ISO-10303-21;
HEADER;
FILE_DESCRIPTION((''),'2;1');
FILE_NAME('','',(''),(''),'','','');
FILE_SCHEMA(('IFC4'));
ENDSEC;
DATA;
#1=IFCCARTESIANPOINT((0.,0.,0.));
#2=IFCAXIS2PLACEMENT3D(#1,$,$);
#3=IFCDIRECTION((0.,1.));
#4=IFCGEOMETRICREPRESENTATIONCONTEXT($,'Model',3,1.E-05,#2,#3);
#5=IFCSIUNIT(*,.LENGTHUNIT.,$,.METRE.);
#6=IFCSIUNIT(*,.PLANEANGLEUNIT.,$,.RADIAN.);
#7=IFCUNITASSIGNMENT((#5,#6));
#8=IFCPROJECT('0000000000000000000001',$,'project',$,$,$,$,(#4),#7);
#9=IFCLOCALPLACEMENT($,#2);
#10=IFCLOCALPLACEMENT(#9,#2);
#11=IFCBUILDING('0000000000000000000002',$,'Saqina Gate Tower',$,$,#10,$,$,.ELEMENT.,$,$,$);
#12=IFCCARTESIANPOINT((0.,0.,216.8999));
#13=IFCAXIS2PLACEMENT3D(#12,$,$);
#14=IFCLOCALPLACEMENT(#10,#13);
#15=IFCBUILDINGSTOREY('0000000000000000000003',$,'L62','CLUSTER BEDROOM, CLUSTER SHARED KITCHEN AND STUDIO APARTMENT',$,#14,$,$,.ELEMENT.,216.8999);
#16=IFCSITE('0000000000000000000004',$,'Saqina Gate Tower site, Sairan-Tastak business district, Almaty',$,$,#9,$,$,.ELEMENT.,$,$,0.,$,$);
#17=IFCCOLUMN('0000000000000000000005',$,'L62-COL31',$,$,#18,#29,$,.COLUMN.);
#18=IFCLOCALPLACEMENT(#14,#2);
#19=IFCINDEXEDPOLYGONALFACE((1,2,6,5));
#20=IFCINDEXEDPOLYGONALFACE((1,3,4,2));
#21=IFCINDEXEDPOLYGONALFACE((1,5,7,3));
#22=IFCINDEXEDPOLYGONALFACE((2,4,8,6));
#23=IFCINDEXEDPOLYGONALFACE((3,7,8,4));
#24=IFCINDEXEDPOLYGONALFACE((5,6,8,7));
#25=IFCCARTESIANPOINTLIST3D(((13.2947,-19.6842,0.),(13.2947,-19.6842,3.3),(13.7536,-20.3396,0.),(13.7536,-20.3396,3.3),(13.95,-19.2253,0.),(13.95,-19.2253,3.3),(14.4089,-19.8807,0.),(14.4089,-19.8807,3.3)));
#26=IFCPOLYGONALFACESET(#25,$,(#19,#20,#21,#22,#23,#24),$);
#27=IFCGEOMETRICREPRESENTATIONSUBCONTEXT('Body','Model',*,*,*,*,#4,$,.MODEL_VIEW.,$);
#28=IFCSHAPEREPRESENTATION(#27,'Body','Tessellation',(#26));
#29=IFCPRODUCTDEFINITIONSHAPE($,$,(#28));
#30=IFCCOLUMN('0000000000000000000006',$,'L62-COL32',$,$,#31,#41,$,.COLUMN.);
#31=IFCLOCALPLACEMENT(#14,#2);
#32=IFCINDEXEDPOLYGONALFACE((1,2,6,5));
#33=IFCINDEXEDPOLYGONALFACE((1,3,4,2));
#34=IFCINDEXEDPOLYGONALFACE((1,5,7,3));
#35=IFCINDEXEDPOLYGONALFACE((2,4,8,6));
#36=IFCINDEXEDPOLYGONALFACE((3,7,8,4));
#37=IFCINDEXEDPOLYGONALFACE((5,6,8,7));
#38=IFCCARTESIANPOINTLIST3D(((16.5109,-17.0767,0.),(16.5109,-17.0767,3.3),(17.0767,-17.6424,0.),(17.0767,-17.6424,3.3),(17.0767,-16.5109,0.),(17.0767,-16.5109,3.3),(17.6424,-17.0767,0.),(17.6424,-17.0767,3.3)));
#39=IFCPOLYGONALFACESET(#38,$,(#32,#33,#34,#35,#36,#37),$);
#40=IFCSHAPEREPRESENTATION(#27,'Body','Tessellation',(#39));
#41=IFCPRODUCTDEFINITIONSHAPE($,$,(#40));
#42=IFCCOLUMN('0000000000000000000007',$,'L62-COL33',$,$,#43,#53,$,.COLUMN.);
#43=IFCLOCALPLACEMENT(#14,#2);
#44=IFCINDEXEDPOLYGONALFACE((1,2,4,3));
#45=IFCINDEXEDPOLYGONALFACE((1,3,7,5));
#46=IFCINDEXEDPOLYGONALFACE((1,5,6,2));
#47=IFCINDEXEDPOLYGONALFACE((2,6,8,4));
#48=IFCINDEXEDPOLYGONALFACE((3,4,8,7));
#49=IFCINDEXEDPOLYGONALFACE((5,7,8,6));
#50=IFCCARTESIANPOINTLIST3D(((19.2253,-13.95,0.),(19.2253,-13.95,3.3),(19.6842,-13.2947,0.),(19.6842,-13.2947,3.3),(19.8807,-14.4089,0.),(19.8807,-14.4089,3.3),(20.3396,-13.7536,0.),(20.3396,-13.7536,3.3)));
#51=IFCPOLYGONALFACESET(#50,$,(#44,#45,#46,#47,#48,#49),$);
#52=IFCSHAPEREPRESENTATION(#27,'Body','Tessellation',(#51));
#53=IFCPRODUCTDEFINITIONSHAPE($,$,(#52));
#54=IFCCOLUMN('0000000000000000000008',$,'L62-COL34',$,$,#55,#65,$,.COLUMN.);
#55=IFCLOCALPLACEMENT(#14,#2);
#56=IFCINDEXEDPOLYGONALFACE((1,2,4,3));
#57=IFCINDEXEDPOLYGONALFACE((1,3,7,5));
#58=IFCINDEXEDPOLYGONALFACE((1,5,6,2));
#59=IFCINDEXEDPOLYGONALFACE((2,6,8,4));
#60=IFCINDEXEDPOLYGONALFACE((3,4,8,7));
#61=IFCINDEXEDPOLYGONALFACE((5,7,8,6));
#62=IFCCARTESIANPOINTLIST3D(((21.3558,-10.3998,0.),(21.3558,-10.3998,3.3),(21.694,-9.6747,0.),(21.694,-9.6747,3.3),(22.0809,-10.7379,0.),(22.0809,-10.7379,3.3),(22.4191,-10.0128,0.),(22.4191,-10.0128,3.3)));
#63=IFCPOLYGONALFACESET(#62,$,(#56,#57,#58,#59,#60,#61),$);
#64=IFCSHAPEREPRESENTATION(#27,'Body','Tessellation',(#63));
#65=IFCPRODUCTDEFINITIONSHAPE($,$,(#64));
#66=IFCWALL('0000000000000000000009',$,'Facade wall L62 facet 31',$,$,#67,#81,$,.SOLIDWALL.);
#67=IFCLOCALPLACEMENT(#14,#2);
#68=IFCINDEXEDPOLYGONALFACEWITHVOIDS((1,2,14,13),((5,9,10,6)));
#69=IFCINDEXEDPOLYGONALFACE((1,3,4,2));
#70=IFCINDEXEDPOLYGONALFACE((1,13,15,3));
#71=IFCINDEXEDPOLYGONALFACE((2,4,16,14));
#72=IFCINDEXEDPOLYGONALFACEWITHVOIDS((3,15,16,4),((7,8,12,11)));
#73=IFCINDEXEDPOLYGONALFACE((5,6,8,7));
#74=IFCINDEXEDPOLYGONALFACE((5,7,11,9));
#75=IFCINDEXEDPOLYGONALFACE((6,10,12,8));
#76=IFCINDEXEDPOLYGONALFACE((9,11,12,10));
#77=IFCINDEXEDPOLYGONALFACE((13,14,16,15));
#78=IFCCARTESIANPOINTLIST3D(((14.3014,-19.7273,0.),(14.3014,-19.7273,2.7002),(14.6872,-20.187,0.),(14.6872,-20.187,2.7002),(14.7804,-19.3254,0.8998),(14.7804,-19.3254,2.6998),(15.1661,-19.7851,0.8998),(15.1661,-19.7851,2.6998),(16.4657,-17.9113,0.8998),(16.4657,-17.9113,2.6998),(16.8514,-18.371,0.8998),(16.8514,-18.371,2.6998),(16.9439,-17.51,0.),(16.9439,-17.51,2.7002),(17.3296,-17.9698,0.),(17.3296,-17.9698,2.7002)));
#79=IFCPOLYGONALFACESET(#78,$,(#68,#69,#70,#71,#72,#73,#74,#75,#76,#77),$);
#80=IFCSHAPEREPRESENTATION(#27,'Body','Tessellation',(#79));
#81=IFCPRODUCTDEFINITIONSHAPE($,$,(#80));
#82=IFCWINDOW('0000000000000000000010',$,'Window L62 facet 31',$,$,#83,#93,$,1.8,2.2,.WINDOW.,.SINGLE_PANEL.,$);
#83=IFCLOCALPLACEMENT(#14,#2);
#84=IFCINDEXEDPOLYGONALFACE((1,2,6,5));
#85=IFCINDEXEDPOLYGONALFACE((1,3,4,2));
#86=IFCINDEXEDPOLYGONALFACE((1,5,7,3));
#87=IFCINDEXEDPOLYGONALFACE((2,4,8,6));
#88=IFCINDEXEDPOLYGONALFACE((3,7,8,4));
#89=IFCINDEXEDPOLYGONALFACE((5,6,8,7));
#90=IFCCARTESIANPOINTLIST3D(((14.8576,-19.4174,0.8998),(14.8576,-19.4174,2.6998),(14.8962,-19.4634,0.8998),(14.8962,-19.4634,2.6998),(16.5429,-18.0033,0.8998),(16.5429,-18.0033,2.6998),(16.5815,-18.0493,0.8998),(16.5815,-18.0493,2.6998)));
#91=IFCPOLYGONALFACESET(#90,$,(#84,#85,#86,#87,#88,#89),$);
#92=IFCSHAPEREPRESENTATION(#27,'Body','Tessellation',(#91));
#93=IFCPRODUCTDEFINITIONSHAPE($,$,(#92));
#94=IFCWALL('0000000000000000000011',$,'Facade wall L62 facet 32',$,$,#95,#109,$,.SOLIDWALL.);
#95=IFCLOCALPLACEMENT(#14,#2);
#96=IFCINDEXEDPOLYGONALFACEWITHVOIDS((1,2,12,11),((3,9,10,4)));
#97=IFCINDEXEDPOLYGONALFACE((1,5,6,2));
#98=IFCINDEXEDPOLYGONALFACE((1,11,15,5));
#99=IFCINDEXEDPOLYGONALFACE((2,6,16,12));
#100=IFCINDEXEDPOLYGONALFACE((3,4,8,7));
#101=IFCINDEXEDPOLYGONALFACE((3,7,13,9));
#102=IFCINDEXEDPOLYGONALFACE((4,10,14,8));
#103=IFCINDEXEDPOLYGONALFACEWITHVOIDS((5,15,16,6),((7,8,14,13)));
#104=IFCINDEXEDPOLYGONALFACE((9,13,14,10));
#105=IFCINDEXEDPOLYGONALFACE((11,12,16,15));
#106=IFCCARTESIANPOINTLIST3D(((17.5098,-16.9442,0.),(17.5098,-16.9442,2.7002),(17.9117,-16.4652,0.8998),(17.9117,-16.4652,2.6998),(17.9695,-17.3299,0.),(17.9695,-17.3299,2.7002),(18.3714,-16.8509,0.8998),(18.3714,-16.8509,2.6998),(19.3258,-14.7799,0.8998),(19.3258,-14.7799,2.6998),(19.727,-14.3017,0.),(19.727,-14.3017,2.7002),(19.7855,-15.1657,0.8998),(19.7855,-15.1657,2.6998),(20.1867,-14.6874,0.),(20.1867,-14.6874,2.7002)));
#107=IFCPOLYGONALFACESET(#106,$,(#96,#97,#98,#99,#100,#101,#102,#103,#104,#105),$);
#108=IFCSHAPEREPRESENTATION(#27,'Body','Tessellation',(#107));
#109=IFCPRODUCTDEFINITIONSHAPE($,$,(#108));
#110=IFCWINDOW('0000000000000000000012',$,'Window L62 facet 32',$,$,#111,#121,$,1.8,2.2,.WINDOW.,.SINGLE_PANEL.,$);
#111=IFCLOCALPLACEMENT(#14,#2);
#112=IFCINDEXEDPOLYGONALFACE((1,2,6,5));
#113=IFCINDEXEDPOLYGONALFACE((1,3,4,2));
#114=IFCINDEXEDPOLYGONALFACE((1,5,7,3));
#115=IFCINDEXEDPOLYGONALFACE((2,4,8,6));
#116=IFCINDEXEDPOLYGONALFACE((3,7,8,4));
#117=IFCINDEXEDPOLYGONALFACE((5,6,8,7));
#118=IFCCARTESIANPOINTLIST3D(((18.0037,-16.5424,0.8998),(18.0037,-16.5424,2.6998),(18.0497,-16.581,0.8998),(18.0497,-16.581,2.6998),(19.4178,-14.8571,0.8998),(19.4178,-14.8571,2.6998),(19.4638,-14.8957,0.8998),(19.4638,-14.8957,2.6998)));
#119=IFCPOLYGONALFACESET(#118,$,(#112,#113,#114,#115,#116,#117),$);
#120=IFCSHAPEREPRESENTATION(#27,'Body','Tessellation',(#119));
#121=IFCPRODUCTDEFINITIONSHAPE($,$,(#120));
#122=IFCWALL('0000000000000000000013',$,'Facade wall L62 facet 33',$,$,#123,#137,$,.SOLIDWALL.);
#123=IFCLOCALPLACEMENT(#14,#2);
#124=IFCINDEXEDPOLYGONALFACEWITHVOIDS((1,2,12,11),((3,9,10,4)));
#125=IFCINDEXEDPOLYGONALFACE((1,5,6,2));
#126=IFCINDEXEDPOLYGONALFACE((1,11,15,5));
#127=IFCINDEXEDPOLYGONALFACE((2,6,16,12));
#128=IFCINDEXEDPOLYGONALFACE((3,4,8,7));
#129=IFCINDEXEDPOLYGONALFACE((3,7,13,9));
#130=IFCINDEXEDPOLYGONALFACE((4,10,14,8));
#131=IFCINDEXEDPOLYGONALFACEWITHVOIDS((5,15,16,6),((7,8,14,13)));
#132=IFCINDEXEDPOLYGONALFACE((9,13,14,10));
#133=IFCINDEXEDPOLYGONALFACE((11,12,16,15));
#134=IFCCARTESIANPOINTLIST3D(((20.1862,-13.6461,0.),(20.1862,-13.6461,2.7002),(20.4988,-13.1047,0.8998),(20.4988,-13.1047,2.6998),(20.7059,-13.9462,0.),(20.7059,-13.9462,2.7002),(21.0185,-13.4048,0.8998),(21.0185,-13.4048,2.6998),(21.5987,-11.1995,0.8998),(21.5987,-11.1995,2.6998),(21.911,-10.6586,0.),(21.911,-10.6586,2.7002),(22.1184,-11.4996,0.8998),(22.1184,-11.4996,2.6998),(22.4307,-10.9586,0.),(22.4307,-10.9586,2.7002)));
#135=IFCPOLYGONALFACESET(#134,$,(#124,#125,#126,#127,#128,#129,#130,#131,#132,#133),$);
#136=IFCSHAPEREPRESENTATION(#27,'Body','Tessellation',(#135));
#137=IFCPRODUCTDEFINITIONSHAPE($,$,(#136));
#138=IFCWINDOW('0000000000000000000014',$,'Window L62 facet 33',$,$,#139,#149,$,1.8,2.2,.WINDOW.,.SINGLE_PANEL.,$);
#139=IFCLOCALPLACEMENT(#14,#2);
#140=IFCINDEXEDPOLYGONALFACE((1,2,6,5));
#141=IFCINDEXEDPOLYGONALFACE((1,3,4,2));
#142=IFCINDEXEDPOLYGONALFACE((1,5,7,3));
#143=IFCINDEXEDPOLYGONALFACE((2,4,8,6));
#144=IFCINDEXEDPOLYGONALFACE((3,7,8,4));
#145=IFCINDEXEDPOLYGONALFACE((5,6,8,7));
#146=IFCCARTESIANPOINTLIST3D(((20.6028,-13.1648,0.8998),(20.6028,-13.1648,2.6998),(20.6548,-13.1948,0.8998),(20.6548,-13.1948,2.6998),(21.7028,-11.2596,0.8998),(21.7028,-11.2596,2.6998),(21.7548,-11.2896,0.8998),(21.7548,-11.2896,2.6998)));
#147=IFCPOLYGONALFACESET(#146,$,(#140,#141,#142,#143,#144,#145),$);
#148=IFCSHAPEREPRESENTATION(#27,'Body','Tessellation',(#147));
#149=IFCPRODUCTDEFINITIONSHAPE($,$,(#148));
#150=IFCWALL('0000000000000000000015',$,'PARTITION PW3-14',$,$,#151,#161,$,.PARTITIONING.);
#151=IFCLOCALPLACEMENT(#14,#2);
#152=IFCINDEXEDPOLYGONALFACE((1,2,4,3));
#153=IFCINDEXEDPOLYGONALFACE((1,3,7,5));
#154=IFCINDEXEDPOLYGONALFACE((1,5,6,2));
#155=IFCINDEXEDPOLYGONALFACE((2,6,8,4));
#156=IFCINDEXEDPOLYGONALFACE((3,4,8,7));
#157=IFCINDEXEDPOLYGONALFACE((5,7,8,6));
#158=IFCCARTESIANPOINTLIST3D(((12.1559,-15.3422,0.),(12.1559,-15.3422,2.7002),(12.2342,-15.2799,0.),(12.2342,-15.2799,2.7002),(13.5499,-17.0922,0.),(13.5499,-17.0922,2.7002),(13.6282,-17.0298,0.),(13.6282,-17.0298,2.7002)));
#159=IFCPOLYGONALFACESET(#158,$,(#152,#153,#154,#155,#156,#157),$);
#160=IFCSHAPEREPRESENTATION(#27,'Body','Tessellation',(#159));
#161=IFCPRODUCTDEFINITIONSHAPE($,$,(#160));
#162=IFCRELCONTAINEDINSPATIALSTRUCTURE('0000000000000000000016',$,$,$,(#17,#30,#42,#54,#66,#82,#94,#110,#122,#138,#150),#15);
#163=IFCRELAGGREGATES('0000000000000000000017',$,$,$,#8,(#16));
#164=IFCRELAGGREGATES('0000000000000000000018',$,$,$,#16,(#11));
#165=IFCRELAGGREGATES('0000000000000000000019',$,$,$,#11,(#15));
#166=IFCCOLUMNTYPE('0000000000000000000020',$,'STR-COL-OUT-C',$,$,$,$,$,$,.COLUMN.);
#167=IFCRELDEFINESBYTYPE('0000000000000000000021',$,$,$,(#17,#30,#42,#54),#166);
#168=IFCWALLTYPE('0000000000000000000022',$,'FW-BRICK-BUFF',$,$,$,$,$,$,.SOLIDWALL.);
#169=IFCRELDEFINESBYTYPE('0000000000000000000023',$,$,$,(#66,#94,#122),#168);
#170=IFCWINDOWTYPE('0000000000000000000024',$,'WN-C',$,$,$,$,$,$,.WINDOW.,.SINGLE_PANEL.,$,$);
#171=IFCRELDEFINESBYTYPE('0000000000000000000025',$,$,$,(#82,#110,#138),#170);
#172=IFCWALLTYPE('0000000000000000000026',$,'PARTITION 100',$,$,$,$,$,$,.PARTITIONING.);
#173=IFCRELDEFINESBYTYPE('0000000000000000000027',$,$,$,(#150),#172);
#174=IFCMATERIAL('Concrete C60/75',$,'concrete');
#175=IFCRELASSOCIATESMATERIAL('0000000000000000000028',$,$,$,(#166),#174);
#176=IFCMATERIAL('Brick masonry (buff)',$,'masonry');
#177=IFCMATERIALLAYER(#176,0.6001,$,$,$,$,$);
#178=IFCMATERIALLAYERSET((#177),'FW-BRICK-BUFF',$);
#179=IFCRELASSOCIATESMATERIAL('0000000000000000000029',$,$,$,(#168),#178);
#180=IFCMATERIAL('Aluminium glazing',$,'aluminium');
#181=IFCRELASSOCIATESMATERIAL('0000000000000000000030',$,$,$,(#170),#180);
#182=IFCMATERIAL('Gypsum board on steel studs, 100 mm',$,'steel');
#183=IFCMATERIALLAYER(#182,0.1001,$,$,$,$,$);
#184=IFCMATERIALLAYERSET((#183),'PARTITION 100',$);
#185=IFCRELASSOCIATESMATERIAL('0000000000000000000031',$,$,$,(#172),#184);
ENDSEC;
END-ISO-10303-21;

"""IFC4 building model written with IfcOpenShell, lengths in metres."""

from ifc_helpers import new_model, si_unit, direction, frame, frame_2d, origin, origin_2d, place, context, subcontext, project, spatial, rectangle, extrude, material, layer, layer_set, material_profile, profile_set, type_object, element, fill, save


model = new_model("IFC4")

# Units and contexts
model_context = context("Model", 3, precision=1e-05, world=origin(), true_north=direction((0.0, 1.0)))
body_context = subcontext(model_context, "Body", "Model", "MODEL_VIEW")
ifc_project = project(units=[si_unit("LENGTHUNIT", "METRE"), si_unit("PLANEANGLEUNIT", "RADIAN")], contexts=[model_context])

# Site, building, storey
site_placement = place(None, origin())
site = spatial("IfcSite", under=ifc_project, at=site_placement, Name="Saqina Gate Tower site, Sairan-Tastak business district, Almaty", CompositionType="ELEMENT", RefElevation=0.0)
building_placement = place(site_placement, origin())
building = spatial("IfcBuilding", under=site, at=building_placement, Name="Saqina Gate Tower", CompositionType="ELEMENT")
storey_placement = place(building_placement, frame((0.0, 0.0, 216.8999)))
storey = spatial("IfcBuildingStorey", under=building, at=storey_placement, Name="L62", Description="CLUSTER BEDROOM, CLUSTER SHARED KITCHEN AND STUDIO APARTMENT", CompositionType="ELEMENT", Elevation=216.8999)

# Columns
ifc_material_1 = material(Name="Concrete C60/75", Category="concrete")
ifc_material_profile = material_profile(ifc_material_1, rectangle(XDim=0.8, YDim=0.8, at=origin_2d()), Name="RC 800x800")
ifc_profile_set = profile_set([ifc_material_profile], Name="Concrete C60/75")
column_type = type_object("IfcColumnType", Name="STR-COL-OUT-C", PredefinedType="COLUMN", material=ifc_profile_set)
for number, where, z_axis, x_axis, name in (
    (1, (13.8518, -19.7825, 0.0), (0.0, 0.0, 1.0), (0.573576, -0.819152, 0.0), "L62-COL31"),
    (2, (17.0767, -17.0767, 0.0), (0.0, 0.0, 1.0), (0.707107, -0.707107, 0.0), "L62-COL32"),
    (3, (19.7825, -13.8518, 0.0), (0.0, 0.0, 1.0), (0.819152, -0.573576, 0.0), "L62-COL33"),
    (4, (21.8875, -10.2063, 0.0), (0.0, 0.0, 1.0), (0.906308, -0.422618, 0.0), "L62-COL34"),
):
    element("IfcColumn", number, at=place(storey_placement, frame(where, z_axis=z_axis, x_axis=x_axis)), inside=storey, type_object=column_type, Name=name, PredefinedType="COLUMN", context=body_context, shape_type="SweptSolid", body=[
        extrude(rectangle(XDim=0.8, YDim=0.8, at=origin_2d()), origin(), (0.0, 0.0, 1.0), 3.3),
    ])

# Walls, openings, windows
ifc_material_2 = material(Name="Brick masonry (buff)", Category="masonry")
ifc_layer_1 = layer(ifc_material_2, 0.6001)
ifc_layer_set_1 = layer_set([ifc_layer_1], Name="FW-BRICK-BUFF")
wall_type_1 = type_object("IfcWallType", Name="FW-BRICK-BUFF", PredefinedType="SOLIDWALL", material=ifc_layer_set_1)
wall_1_placement = place(storey_placement, frame((14.4944, -19.957, 0.0), z_axis=(0.0, 0.0, 1.0), x_axis=(0.766059, 0.64277, 0.0)))
wall_1 = element("IfcWall", 5, at=wall_1_placement, inside=storey, type_object=wall_type_1, Name="Facade wall L62 facet 31", PredefinedType="SOLIDWALL", context=body_context, shape_type="SweptSolid", body=[
    extrude(rectangle(XDim=3.4495, YDim=0.6001, at=frame_2d((1.7246, 0.0))), origin(), (0.0, 0.0, 1.0), 2.7002),
])
opening_1_placement = place(wall_1_placement, frame((0.625, 0.0, 0.8999)))
opening_1 = element("IfcOpeningElement", 6, at=opening_1_placement, cuts=wall_1, PredefinedType="OPENING", context=body_context, shape_type="SweptSolid", body=[
    extrude(rectangle(XDim=2.2, YDim=1.8, at=frame_2d((1.1001, 0.8999))), frame((0.0, 0.312, 0.0), z_axis=(0.0, -1.0, 0.0), x_axis=(1.0, 0.0, 0.0)), (0.0, 0.0, 1.0), 0.624),
])
ifc_material_3 = material(Name="Aluminium glazing", Category="aluminium")
window_type = type_object("IfcWindowType", Name="WN-C", PartitioningType="SINGLE_PANEL", PredefinedType="WINDOW", material=ifc_material_3)
window_1_placement = place(opening_1_placement, origin())
window_1 = element("IfcWindow", 7, at=window_1_placement, inside=storey, type_object=window_type, Name="Window L62 facet 31", OverallHeight=1.8, OverallWidth=2.2, PartitioningType="SINGLE_PANEL", PredefinedType="WINDOW", context=body_context, shape_type="SweptSolid", body=[
    extrude(rectangle(XDim=2.2, YDim=1.8, at=frame_2d((1.1001, 0.8999))), frame((0.0, 0.1799, 0.0), z_axis=(0.0, -1.0, 0.0), x_axis=(1.0, 0.0, 0.0)), (0.0, 0.0, 1.0), 0.0601),
])
fill(opening_1, window_1)
wall_2_placement = place(storey_placement, frame((17.7397, -17.137, 0.0), z_axis=(0.0, 0.0, 1.0), x_axis=(0.64277, 0.766059, 0.0)))
wall_2 = element("IfcWall", 8, at=wall_2_placement, inside=storey, type_object=wall_type_1, Name="Facade wall L62 facet 32", PredefinedType="SOLIDWALL", context=body_context, shape_type="SweptSolid", body=[
    extrude(rectangle(XDim=3.4495, YDim=0.6001, at=frame_2d((1.7246, 0.0))), origin(), (0.0, 0.0, 1.0), 2.7002),
])
opening_2_placement = place(wall_2_placement, frame((0.625, 0.0, 0.8999)))
opening_2 = element("IfcOpeningElement", 9, at=opening_2_placement, cuts=wall_2, PredefinedType="OPENING", context=body_context, shape_type="SweptSolid", body=[
    extrude(rectangle(XDim=2.2, YDim=1.8, at=frame_2d((1.1001, 0.8999))), frame((0.0, 0.312, 0.0), z_axis=(0.0, -1.0, 0.0), x_axis=(1.0, 0.0, 0.0)), (0.0, 0.0, 1.0), 0.624),
])
window_2_placement = place(opening_2_placement, origin())
window_2 = element("IfcWindow", 10, at=window_2_placement, inside=storey, type_object=window_type, Name="Window L62 facet 32", OverallHeight=1.8, OverallWidth=2.2, PartitioningType="SINGLE_PANEL", PredefinedType="WINDOW", context=body_context, shape_type="SweptSolid", body=[
    extrude(rectangle(XDim=2.2, YDim=1.8, at=frame_2d((1.1001, 0.8999))), frame((0.0, 0.1799, 0.0), z_axis=(0.0, -1.0, 0.0), x_axis=(1.0, 0.0, 0.0)), (0.0, 0.0, 1.0), 0.0601),
])
fill(opening_2, window_2)
wall_3_placement = place(storey_placement, frame((20.446, -13.7961, 0.0), z_axis=(0.0, 0.0, 1.0), x_axis=(0.499998, 0.866026, 0.0)))
wall_3 = element("IfcWall", 11, at=wall_3_placement, inside=storey, type_object=wall_type_1, Name="Facade wall L62 facet 33", PredefinedType="SOLIDWALL", context=body_context, shape_type="SweptSolid", body=[
    extrude(rectangle(XDim=3.4497, YDim=0.6001, at=frame_2d((1.7249, 0.0))), origin(), (0.0, 0.0, 1.0), 2.7002),
])
opening_3_placement = place(wall_3_placement, frame((0.625, 0.0, 0.8999)))
opening_3 = element("IfcOpeningElement", 12, at=opening_3_placement, cuts=wall_3, PredefinedType="OPENING", context=body_context, shape_type="SweptSolid", body=[
    extrude(rectangle(XDim=2.2, YDim=1.8, at=frame_2d((1.1001, 0.8999))), frame((0.0, 0.312, 0.0), z_axis=(0.0, -1.0, 0.0), x_axis=(1.0, 0.0, 0.0)), (0.0, 0.0, 1.0), 0.624),
])
window_3_placement = place(opening_3_placement, origin())
window_3 = element("IfcWindow", 13, at=window_3_placement, inside=storey, type_object=window_type, Name="Window L62 facet 33", OverallHeight=1.8, OverallWidth=2.2, PartitioningType="SINGLE_PANEL", PredefinedType="WINDOW", context=body_context, shape_type="SweptSolid", body=[
    extrude(rectangle(XDim=2.2, YDim=1.8, at=frame_2d((1.1001, 0.8999))), frame((0.0, 0.1799, 0.0), z_axis=(0.0, -1.0, 0.0), x_axis=(1.0, 0.0, 0.0)), (0.0, 0.0, 1.0), 0.0601),
])
fill(opening_3, window_3)

# Wall
ifc_material_4 = material(Name="Gypsum board on steel studs, 100 mm", Category="steel")
ifc_layer_2 = layer(ifc_material_4, 0.1001)
ifc_layer_set_2 = layer_set([ifc_layer_2], Name="PARTITION 100")
wall_type_2 = type_object("IfcWallType", Name="PARTITION 100", PredefinedType="PARTITIONING", material=ifc_layer_set_2)
wall_4_placement = place(storey_placement, frame((12.1951, -15.311, 0.0), z_axis=(0.0, 0.0, 1.0), x_axis=(0.62307, -0.782166, 0.0)))
element("IfcWall", 14, at=wall_4_placement, inside=storey, type_object=wall_type_2, Name="PARTITION PW3-14", PredefinedType="PARTITIONING", context=body_context, shape_type="SweptSolid", body=[
    extrude(rectangle(XDim=2.2373, YDim=0.1001, at=frame_2d((1.1187, 0.0))), origin(), (0.0, 0.0, 1.0), 2.7002),
])

save(model, "model.ifc")
